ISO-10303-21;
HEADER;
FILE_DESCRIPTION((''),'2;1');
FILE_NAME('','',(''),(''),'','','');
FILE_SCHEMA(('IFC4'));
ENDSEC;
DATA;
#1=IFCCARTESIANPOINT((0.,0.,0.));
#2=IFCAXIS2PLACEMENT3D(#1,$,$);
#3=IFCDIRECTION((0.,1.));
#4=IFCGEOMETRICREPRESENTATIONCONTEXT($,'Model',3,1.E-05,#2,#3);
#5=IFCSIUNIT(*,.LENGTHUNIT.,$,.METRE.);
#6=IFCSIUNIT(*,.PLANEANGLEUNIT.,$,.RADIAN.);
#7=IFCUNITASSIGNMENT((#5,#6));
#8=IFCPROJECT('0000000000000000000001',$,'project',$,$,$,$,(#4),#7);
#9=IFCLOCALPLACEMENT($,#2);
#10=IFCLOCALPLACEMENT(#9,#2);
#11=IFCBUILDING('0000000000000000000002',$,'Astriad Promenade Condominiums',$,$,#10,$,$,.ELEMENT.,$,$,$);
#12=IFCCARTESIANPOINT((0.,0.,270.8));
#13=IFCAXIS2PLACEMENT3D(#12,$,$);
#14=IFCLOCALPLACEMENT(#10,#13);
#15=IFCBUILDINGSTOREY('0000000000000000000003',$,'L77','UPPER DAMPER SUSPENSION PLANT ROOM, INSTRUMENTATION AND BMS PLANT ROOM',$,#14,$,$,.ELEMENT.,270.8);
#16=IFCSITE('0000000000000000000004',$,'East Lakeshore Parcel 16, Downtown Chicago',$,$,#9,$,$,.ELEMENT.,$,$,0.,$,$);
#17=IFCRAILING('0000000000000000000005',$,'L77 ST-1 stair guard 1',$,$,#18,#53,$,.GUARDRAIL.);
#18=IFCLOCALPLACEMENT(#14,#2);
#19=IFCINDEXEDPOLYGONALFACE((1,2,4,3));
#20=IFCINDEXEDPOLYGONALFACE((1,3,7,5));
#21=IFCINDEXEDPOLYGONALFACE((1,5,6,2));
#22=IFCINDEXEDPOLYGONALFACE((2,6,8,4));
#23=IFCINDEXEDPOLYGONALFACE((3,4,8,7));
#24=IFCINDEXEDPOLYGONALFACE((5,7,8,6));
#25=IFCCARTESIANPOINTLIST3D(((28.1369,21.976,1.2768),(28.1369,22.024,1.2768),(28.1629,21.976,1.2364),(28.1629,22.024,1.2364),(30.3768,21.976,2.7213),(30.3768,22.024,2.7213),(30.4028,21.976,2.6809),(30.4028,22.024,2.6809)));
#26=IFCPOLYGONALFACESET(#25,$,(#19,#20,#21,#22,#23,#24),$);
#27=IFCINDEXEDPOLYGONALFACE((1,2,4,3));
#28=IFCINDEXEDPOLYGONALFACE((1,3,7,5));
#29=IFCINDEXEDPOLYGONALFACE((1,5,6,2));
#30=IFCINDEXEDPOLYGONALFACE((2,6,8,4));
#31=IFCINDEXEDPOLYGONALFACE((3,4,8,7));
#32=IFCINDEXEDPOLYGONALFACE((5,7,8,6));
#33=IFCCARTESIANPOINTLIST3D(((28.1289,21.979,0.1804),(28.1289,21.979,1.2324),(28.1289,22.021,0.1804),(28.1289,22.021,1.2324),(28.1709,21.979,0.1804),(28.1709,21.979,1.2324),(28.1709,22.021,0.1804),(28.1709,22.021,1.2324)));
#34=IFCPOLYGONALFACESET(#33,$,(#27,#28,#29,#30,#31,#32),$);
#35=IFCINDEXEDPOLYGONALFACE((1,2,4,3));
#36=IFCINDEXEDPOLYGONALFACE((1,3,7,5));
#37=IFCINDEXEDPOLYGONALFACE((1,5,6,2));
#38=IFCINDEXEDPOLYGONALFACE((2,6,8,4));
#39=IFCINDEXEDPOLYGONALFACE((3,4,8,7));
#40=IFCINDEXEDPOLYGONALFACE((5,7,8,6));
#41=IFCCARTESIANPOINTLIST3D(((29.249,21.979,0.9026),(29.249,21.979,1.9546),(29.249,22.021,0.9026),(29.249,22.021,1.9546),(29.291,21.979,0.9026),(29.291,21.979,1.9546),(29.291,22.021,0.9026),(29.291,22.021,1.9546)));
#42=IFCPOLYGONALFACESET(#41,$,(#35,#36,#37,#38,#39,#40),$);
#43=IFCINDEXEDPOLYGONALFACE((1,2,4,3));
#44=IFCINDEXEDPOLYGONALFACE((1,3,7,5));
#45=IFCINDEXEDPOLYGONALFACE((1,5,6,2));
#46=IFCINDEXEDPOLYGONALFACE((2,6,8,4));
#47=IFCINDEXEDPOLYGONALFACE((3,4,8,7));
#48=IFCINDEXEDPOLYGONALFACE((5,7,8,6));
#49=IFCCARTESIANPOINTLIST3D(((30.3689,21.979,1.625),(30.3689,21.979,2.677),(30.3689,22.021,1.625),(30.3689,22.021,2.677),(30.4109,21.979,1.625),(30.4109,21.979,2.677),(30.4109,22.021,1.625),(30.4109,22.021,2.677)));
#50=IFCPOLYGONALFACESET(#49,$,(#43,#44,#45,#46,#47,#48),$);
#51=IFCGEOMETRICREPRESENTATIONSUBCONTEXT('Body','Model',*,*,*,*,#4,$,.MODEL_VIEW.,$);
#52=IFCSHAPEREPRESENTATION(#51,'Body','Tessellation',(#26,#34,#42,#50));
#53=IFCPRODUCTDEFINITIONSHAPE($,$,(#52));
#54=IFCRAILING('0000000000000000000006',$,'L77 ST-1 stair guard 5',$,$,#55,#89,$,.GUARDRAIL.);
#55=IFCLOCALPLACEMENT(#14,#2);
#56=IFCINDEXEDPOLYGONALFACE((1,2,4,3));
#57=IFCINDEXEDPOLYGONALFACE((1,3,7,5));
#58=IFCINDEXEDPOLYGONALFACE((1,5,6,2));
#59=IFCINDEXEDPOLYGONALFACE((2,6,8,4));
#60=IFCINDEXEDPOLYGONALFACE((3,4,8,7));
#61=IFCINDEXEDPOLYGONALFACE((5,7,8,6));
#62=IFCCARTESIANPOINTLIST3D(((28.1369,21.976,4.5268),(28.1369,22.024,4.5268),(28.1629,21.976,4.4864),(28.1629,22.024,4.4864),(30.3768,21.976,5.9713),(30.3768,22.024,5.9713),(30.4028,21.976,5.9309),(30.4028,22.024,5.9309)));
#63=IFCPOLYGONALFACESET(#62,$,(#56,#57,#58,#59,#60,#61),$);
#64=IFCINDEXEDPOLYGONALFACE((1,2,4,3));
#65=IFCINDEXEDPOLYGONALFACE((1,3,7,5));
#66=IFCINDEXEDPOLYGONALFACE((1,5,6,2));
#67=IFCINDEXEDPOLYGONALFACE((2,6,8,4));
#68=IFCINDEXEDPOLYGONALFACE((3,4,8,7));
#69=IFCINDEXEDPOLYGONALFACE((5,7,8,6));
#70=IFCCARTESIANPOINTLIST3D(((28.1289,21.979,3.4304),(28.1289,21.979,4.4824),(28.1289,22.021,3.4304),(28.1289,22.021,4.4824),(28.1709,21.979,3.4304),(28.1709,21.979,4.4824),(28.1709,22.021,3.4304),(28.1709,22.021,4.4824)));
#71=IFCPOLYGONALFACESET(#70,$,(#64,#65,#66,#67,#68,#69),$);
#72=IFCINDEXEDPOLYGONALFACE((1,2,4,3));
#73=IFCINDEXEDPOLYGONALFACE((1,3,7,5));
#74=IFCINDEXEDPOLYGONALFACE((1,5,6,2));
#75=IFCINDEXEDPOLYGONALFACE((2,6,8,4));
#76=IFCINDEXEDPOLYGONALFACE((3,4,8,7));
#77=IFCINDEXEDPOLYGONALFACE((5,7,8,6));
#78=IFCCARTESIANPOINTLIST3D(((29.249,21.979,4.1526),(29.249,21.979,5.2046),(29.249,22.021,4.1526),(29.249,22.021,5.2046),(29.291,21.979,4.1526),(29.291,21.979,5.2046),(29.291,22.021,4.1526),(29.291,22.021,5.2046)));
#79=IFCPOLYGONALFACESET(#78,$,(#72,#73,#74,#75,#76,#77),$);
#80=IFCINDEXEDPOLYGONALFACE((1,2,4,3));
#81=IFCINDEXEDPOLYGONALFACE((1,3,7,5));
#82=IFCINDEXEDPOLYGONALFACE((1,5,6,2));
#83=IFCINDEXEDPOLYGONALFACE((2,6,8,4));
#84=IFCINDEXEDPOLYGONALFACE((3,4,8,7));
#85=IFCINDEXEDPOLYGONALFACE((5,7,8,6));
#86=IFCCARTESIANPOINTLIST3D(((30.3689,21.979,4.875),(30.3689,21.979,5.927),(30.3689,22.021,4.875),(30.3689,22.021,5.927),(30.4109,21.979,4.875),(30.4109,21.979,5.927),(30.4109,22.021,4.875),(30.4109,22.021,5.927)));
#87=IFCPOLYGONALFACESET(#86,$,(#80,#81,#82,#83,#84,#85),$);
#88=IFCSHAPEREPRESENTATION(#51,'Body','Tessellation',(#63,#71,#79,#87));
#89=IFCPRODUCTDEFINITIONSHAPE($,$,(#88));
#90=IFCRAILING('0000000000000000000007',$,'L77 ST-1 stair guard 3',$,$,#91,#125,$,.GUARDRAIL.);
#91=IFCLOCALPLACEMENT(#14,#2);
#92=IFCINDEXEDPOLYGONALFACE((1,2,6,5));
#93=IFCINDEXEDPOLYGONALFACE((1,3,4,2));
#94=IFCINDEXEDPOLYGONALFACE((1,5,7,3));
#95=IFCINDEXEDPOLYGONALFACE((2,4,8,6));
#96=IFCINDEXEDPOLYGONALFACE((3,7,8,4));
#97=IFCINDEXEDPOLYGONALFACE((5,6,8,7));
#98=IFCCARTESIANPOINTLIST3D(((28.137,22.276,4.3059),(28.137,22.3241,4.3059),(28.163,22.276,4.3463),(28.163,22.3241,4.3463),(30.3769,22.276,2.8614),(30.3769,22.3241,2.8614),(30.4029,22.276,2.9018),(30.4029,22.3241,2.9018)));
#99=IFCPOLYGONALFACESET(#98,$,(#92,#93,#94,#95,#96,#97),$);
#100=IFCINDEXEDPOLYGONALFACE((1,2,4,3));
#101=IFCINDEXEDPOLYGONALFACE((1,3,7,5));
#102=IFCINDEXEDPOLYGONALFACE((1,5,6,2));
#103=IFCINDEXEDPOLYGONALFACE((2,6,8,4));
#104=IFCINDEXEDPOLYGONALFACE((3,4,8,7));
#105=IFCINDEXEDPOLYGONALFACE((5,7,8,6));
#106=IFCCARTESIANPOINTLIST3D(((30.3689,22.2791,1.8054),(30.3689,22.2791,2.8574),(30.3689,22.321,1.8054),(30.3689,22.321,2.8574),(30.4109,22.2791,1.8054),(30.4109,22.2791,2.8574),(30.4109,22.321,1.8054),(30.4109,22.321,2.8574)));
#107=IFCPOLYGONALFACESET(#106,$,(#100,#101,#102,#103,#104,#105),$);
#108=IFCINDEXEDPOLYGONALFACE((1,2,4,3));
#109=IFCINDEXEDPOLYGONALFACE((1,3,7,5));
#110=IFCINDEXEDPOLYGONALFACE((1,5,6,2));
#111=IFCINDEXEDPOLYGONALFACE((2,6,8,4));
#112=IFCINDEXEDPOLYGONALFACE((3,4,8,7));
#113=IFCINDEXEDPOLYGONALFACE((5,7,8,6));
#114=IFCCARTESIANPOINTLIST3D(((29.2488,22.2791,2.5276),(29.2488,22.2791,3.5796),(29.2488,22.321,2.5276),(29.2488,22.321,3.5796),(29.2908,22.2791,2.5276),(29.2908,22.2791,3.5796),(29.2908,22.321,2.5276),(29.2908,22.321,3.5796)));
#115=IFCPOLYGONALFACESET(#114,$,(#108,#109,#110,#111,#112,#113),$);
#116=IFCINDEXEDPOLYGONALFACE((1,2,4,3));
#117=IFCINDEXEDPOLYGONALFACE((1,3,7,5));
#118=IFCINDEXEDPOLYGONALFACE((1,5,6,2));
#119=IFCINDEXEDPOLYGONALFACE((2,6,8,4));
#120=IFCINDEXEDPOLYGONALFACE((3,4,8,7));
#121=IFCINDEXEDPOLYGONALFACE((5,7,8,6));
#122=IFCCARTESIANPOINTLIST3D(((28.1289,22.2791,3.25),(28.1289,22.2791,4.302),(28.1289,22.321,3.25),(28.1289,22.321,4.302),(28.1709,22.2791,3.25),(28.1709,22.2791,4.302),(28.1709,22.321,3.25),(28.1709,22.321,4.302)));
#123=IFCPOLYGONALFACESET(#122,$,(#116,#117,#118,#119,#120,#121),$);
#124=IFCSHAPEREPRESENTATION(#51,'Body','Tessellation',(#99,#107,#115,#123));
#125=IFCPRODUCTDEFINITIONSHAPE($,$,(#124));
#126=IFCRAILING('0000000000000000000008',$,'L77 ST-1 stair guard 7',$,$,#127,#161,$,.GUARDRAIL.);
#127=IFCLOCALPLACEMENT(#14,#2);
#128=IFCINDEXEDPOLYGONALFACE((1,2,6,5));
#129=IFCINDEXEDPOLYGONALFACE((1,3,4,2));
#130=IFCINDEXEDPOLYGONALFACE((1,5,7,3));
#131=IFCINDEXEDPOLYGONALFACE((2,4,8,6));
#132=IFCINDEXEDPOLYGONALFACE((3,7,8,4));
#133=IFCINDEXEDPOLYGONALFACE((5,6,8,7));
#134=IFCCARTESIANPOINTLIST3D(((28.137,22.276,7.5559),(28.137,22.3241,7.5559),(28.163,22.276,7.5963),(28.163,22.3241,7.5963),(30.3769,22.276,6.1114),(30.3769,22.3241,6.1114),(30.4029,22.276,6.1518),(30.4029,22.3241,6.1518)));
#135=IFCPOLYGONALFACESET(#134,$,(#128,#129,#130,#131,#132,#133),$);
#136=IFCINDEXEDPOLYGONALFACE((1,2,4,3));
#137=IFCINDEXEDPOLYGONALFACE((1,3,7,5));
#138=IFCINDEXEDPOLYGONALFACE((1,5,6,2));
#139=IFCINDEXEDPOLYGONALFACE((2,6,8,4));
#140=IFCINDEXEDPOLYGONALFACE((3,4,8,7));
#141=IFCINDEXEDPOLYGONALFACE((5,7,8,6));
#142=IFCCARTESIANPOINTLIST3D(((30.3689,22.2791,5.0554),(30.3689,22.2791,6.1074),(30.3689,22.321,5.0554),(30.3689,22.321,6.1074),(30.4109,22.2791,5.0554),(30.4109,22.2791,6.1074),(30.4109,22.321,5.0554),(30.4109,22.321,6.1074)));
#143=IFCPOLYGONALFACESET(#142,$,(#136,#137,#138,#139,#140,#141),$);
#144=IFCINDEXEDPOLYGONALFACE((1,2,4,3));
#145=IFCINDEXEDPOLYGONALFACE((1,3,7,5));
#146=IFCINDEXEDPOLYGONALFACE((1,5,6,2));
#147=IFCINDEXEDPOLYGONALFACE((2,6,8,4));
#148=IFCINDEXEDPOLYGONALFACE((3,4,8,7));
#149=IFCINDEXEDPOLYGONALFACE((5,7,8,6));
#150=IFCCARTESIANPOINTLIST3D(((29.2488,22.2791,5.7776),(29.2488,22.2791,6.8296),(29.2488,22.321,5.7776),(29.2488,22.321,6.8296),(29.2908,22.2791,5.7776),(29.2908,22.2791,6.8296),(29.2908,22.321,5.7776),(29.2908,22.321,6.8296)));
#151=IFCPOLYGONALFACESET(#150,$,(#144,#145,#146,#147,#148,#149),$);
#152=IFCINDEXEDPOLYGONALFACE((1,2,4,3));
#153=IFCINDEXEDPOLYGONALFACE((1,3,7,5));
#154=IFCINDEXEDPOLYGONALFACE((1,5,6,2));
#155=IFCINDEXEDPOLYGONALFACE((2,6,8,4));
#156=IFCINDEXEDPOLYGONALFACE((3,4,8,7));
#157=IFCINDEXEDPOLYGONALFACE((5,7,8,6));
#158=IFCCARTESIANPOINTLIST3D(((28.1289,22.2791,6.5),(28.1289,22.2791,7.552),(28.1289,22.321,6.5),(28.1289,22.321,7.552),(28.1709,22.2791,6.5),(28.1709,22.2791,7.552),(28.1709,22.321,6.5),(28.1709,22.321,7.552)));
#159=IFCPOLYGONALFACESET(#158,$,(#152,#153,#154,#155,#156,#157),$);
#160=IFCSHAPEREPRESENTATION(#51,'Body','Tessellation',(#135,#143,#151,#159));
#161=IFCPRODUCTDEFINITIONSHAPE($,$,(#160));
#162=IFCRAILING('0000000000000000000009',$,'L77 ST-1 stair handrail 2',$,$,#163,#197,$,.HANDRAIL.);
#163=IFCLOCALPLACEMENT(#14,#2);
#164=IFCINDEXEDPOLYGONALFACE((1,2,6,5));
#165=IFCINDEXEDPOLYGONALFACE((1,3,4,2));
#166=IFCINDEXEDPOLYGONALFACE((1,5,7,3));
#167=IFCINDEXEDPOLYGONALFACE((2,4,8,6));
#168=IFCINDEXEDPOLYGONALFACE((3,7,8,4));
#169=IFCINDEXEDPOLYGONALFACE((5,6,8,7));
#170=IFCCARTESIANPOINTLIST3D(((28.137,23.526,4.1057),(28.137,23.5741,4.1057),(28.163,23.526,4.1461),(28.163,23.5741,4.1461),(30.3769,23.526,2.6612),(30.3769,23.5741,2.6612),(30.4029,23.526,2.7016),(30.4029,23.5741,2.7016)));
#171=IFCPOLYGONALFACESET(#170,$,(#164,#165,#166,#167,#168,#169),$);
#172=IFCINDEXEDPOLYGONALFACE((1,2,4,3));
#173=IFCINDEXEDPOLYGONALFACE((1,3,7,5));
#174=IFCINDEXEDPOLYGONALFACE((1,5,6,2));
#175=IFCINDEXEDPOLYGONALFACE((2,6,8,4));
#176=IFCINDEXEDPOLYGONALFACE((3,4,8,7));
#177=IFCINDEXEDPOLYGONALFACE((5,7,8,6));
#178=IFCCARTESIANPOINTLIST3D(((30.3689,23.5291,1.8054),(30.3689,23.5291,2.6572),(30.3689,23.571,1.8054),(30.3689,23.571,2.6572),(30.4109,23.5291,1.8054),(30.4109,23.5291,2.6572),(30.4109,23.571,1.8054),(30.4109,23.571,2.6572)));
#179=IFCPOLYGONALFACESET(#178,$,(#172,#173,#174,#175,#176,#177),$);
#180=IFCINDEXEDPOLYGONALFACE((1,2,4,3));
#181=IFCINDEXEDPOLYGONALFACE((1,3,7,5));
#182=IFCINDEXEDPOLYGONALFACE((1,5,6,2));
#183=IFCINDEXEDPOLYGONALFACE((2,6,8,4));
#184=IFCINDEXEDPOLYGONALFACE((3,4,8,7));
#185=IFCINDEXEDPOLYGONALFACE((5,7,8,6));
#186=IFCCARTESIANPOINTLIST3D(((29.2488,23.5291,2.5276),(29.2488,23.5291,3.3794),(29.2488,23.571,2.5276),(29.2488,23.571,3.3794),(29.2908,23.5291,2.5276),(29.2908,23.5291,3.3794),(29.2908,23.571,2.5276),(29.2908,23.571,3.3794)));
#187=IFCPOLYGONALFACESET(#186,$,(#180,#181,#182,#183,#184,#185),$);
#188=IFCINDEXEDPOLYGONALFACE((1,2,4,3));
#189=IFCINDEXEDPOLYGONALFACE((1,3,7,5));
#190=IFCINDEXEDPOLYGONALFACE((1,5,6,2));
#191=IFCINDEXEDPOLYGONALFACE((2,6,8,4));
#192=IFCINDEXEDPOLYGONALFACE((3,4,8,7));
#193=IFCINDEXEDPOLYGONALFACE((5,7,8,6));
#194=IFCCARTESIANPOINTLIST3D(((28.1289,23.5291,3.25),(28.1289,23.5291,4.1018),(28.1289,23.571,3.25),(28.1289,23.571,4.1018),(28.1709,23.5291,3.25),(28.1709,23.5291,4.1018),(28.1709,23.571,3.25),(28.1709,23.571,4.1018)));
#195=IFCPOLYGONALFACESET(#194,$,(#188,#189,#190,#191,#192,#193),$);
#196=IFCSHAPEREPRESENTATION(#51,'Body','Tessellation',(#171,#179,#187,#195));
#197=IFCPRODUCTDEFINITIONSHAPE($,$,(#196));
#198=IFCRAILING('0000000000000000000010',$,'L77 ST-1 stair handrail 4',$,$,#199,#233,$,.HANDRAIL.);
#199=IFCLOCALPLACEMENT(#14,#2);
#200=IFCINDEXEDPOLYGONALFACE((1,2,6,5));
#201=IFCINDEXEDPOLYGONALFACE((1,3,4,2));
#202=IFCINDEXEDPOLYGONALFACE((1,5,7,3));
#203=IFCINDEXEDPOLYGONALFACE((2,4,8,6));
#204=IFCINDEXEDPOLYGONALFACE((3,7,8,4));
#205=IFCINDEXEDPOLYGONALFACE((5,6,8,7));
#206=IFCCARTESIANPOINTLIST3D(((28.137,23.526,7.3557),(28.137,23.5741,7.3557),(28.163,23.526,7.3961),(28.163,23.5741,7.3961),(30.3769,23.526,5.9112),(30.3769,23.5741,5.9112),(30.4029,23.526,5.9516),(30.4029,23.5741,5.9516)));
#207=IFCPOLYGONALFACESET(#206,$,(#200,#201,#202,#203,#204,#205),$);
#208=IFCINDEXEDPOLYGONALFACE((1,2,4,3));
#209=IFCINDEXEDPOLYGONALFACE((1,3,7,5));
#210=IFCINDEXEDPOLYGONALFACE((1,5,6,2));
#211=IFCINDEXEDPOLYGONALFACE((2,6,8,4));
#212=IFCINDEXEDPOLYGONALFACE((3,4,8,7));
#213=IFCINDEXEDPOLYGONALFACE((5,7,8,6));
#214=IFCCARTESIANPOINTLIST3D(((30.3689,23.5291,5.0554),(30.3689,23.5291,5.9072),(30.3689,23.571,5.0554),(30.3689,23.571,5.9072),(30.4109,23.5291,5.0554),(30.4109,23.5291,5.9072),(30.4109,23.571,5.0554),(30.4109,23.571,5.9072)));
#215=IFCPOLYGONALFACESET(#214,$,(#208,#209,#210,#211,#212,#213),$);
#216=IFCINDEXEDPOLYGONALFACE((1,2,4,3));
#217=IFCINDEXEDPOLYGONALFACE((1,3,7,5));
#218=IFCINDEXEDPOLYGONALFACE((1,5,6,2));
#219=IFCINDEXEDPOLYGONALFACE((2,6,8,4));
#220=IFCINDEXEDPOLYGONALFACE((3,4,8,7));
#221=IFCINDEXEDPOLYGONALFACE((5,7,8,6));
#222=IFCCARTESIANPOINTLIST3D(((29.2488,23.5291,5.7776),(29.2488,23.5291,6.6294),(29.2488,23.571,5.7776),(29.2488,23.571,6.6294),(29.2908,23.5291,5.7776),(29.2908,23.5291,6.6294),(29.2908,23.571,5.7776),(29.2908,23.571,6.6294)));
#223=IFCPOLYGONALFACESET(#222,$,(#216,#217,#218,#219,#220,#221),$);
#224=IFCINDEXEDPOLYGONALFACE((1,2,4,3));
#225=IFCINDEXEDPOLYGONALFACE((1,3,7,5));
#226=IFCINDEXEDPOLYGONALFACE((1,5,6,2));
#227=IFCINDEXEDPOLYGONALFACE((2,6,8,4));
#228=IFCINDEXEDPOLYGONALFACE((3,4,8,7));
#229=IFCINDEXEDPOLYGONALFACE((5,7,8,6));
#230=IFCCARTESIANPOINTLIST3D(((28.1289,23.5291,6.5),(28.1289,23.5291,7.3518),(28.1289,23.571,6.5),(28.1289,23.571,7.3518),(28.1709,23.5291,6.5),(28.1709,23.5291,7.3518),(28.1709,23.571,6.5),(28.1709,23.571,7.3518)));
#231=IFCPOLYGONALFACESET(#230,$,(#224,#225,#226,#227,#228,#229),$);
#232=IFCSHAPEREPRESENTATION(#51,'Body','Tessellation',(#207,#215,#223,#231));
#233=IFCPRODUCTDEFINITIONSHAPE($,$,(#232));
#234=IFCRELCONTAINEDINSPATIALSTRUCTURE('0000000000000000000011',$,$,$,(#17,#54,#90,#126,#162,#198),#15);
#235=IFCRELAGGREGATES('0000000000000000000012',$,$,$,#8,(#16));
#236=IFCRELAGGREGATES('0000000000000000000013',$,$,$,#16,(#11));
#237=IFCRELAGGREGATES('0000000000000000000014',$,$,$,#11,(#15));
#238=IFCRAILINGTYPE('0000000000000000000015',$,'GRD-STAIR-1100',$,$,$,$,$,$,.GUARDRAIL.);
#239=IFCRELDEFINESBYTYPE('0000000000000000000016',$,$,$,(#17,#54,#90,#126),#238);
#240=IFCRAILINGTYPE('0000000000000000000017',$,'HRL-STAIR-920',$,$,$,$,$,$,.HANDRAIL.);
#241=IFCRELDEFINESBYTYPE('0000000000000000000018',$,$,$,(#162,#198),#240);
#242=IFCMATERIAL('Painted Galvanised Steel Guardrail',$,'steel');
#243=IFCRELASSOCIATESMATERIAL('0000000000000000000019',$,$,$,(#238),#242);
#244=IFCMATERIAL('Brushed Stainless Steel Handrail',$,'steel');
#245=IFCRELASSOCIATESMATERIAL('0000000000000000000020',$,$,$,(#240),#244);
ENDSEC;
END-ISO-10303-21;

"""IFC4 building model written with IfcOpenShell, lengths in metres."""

from ifc_helpers import new_model, si_unit, direction, frame, origin, origin_2d, place, context, subcontext, project, spatial, rectangle, extrude, source, transform, mapped, material, type_object, type_shapes, element, save


model = new_model("IFC4")

# Units and contexts
model_context = context("Model", 3, precision=1e-05, world=origin(), true_north=direction((0.0, 1.0)))
body_context = subcontext(model_context, "Body", "Model", "MODEL_VIEW")
ifc_project = project(units=[si_unit("LENGTHUNIT", "METRE"), si_unit("PLANEANGLEUNIT", "RADIAN")], contexts=[model_context])

# Site, building, storey
site_placement = place(None, origin())
site = spatial("IfcSite", under=ifc_project, at=site_placement, Name="East Lakeshore Parcel 16, Downtown Chicago", CompositionType="ELEMENT", RefElevation=0.0)
building_placement = place(site_placement, origin())
building = spatial("IfcBuilding", under=site, at=building_placement, Name="Astriad Promenade Condominiums", CompositionType="ELEMENT")
storey_placement = place(building_placement, frame((0.0, 0.0, 270.8)))
storey = spatial("IfcBuildingStorey", under=building, at=storey_placement, Name="L77", Description="UPPER DAMPER SUSPENSION PLANT ROOM, INSTRUMENTATION AND BMS PLANT ROOM", CompositionType="ELEMENT", Elevation=270.8)

# Railings
ifc_material_1 = material(Name="Painted Galvanised Steel Guardrail", Category="steel")
railing_type_1 = type_object("IfcRailingType", Name="GRD-STAIR-1100", PredefinedType="GUARDRAIL", material=ifc_material_1)
shared_shape_1 = source(origin(), body_context, "Body", "SweptSolid", [
    extrude(rectangle(XDim=0.0481, YDim=0.0481, at=origin_2d()), frame((0.0, 0.0, 1.0762), z_axis=(0.840395, 0.0, 0.541975), x_axis=(0.0, 1.0, 0.0)), (0.0, 0.0, 1.0), 2.6653),
    extrude(rectangle(XDim=0.042, YDim=0.042, at=origin_2d()), origin(), (0.0, 0.0, 1.0), 1.052),
    extrude(rectangle(XDim=0.042, YDim=0.042, at=origin_2d()), frame((1.1201, 0.0, 0.7222)), (0.0, 0.0, 1.0), 1.052),
    extrude(rectangle(XDim=0.042, YDim=0.042, at=origin_2d()), frame((2.24, 0.0, 1.4446)), (0.0, 0.0, 1.0), 1.052),
])
for number, where, name in (
    (1, (28.1499, 22.0, 0.1804), "L77 ST-1 stair guard 1"),
    (2, (28.1499, 22.0, 3.4304), "L77 ST-1 stair guard 5"),
):
    element("IfcRailing", number, at=place(storey_placement, frame(where)), inside=storey, type_object=railing_type_1, Name=name, PredefinedType="GUARDRAIL", context=body_context, shape_type="MappedRepresentation", body=[
        mapped(shared_shape_1, transform((0.0, 0.0, 0.0), scale=1.0)),
    ])
shared_shape_2 = source(origin(), body_context, "Body", "SweptSolid", [
    extrude(rectangle(XDim=0.0481, YDim=0.0481, at=origin_2d()), frame((0.0, 0.0, 1.0762), z_axis=(-0.840395, 0.0, 0.541975), x_axis=(0.0, -1.0, 0.0)), (0.0, 0.0, 1.0), 2.6653),
    extrude(rectangle(XDim=0.042, YDim=0.042, at=origin_2d()), origin(), (0.0, 0.0, 1.0), 1.052),
    extrude(rectangle(XDim=0.042, YDim=0.042, at=origin_2d()), frame((-1.1201, 0.0, 0.7222)), (0.0, 0.0, 1.0), 1.052),
    extrude(rectangle(XDim=0.042, YDim=0.042, at=origin_2d()), frame((-2.24, 0.0, 1.4446)), (0.0, 0.0, 1.0), 1.052),
])
for number, where, name in (
    (3, (30.3899, 22.3, 1.8054), "L77 ST-1 stair guard 3"),
    (4, (30.3899, 22.3, 5.0554), "L77 ST-1 stair guard 7"),
):
    element("IfcRailing", number, at=place(storey_placement, frame(where)), inside=storey, type_object=railing_type_1, Name=name, PredefinedType="GUARDRAIL", context=body_context, shape_type="MappedRepresentation", body=[
        mapped(shared_shape_2, transform((0.0, 0.0, 0.0), scale=1.0)),
    ])
ifc_material_2 = material(Name="Brushed Stainless Steel Handrail", Category="steel")
railing_type_2 = type_object("IfcRailingType", Name="HRL-STAIR-920", PredefinedType="HANDRAIL", material=ifc_material_2)
shared_shape_3 = source(origin(), body_context, "Body", "SweptSolid", [
    extrude(rectangle(XDim=0.0481, YDim=0.0481, at=origin_2d()), frame((0.0, 0.0, 0.876), z_axis=(-0.840395, 0.0, 0.541975), x_axis=(0.0, -1.0, 0.0)), (0.0, 0.0, 1.0), 2.6653),
    extrude(rectangle(XDim=0.042, YDim=0.042, at=origin_2d()), origin(), (0.0, 0.0, 1.0), 0.8518),
    extrude(rectangle(XDim=0.042, YDim=0.042, at=origin_2d()), frame((-1.1201, 0.0, 0.7222)), (0.0, 0.0, 1.0), 0.8518),
    extrude(rectangle(XDim=0.042, YDim=0.042, at=origin_2d()), frame((-2.24, 0.0, 1.4446)), (0.0, 0.0, 1.0), 0.8518),
])
type_shapes(railing_type_2, [shared_shape_3])
for number, where, name in (
    (5, (30.3899, 23.55, 1.8054), "L77 ST-1 stair handrail 2"),
    (6, (30.3899, 23.55, 5.0554), "L77 ST-1 stair handrail 4"),
):
    element("IfcRailing", number, at=place(storey_placement, frame(where)), inside=storey, type_object=railing_type_2, Name=name, PredefinedType="HANDRAIL", context=body_context, shape_type="MappedRepresentation", body=[
        mapped(shared_shape_3, transform((0.0, 0.0, 0.0), scale=1.0)),
    ])

save(model, "model.ifc")
